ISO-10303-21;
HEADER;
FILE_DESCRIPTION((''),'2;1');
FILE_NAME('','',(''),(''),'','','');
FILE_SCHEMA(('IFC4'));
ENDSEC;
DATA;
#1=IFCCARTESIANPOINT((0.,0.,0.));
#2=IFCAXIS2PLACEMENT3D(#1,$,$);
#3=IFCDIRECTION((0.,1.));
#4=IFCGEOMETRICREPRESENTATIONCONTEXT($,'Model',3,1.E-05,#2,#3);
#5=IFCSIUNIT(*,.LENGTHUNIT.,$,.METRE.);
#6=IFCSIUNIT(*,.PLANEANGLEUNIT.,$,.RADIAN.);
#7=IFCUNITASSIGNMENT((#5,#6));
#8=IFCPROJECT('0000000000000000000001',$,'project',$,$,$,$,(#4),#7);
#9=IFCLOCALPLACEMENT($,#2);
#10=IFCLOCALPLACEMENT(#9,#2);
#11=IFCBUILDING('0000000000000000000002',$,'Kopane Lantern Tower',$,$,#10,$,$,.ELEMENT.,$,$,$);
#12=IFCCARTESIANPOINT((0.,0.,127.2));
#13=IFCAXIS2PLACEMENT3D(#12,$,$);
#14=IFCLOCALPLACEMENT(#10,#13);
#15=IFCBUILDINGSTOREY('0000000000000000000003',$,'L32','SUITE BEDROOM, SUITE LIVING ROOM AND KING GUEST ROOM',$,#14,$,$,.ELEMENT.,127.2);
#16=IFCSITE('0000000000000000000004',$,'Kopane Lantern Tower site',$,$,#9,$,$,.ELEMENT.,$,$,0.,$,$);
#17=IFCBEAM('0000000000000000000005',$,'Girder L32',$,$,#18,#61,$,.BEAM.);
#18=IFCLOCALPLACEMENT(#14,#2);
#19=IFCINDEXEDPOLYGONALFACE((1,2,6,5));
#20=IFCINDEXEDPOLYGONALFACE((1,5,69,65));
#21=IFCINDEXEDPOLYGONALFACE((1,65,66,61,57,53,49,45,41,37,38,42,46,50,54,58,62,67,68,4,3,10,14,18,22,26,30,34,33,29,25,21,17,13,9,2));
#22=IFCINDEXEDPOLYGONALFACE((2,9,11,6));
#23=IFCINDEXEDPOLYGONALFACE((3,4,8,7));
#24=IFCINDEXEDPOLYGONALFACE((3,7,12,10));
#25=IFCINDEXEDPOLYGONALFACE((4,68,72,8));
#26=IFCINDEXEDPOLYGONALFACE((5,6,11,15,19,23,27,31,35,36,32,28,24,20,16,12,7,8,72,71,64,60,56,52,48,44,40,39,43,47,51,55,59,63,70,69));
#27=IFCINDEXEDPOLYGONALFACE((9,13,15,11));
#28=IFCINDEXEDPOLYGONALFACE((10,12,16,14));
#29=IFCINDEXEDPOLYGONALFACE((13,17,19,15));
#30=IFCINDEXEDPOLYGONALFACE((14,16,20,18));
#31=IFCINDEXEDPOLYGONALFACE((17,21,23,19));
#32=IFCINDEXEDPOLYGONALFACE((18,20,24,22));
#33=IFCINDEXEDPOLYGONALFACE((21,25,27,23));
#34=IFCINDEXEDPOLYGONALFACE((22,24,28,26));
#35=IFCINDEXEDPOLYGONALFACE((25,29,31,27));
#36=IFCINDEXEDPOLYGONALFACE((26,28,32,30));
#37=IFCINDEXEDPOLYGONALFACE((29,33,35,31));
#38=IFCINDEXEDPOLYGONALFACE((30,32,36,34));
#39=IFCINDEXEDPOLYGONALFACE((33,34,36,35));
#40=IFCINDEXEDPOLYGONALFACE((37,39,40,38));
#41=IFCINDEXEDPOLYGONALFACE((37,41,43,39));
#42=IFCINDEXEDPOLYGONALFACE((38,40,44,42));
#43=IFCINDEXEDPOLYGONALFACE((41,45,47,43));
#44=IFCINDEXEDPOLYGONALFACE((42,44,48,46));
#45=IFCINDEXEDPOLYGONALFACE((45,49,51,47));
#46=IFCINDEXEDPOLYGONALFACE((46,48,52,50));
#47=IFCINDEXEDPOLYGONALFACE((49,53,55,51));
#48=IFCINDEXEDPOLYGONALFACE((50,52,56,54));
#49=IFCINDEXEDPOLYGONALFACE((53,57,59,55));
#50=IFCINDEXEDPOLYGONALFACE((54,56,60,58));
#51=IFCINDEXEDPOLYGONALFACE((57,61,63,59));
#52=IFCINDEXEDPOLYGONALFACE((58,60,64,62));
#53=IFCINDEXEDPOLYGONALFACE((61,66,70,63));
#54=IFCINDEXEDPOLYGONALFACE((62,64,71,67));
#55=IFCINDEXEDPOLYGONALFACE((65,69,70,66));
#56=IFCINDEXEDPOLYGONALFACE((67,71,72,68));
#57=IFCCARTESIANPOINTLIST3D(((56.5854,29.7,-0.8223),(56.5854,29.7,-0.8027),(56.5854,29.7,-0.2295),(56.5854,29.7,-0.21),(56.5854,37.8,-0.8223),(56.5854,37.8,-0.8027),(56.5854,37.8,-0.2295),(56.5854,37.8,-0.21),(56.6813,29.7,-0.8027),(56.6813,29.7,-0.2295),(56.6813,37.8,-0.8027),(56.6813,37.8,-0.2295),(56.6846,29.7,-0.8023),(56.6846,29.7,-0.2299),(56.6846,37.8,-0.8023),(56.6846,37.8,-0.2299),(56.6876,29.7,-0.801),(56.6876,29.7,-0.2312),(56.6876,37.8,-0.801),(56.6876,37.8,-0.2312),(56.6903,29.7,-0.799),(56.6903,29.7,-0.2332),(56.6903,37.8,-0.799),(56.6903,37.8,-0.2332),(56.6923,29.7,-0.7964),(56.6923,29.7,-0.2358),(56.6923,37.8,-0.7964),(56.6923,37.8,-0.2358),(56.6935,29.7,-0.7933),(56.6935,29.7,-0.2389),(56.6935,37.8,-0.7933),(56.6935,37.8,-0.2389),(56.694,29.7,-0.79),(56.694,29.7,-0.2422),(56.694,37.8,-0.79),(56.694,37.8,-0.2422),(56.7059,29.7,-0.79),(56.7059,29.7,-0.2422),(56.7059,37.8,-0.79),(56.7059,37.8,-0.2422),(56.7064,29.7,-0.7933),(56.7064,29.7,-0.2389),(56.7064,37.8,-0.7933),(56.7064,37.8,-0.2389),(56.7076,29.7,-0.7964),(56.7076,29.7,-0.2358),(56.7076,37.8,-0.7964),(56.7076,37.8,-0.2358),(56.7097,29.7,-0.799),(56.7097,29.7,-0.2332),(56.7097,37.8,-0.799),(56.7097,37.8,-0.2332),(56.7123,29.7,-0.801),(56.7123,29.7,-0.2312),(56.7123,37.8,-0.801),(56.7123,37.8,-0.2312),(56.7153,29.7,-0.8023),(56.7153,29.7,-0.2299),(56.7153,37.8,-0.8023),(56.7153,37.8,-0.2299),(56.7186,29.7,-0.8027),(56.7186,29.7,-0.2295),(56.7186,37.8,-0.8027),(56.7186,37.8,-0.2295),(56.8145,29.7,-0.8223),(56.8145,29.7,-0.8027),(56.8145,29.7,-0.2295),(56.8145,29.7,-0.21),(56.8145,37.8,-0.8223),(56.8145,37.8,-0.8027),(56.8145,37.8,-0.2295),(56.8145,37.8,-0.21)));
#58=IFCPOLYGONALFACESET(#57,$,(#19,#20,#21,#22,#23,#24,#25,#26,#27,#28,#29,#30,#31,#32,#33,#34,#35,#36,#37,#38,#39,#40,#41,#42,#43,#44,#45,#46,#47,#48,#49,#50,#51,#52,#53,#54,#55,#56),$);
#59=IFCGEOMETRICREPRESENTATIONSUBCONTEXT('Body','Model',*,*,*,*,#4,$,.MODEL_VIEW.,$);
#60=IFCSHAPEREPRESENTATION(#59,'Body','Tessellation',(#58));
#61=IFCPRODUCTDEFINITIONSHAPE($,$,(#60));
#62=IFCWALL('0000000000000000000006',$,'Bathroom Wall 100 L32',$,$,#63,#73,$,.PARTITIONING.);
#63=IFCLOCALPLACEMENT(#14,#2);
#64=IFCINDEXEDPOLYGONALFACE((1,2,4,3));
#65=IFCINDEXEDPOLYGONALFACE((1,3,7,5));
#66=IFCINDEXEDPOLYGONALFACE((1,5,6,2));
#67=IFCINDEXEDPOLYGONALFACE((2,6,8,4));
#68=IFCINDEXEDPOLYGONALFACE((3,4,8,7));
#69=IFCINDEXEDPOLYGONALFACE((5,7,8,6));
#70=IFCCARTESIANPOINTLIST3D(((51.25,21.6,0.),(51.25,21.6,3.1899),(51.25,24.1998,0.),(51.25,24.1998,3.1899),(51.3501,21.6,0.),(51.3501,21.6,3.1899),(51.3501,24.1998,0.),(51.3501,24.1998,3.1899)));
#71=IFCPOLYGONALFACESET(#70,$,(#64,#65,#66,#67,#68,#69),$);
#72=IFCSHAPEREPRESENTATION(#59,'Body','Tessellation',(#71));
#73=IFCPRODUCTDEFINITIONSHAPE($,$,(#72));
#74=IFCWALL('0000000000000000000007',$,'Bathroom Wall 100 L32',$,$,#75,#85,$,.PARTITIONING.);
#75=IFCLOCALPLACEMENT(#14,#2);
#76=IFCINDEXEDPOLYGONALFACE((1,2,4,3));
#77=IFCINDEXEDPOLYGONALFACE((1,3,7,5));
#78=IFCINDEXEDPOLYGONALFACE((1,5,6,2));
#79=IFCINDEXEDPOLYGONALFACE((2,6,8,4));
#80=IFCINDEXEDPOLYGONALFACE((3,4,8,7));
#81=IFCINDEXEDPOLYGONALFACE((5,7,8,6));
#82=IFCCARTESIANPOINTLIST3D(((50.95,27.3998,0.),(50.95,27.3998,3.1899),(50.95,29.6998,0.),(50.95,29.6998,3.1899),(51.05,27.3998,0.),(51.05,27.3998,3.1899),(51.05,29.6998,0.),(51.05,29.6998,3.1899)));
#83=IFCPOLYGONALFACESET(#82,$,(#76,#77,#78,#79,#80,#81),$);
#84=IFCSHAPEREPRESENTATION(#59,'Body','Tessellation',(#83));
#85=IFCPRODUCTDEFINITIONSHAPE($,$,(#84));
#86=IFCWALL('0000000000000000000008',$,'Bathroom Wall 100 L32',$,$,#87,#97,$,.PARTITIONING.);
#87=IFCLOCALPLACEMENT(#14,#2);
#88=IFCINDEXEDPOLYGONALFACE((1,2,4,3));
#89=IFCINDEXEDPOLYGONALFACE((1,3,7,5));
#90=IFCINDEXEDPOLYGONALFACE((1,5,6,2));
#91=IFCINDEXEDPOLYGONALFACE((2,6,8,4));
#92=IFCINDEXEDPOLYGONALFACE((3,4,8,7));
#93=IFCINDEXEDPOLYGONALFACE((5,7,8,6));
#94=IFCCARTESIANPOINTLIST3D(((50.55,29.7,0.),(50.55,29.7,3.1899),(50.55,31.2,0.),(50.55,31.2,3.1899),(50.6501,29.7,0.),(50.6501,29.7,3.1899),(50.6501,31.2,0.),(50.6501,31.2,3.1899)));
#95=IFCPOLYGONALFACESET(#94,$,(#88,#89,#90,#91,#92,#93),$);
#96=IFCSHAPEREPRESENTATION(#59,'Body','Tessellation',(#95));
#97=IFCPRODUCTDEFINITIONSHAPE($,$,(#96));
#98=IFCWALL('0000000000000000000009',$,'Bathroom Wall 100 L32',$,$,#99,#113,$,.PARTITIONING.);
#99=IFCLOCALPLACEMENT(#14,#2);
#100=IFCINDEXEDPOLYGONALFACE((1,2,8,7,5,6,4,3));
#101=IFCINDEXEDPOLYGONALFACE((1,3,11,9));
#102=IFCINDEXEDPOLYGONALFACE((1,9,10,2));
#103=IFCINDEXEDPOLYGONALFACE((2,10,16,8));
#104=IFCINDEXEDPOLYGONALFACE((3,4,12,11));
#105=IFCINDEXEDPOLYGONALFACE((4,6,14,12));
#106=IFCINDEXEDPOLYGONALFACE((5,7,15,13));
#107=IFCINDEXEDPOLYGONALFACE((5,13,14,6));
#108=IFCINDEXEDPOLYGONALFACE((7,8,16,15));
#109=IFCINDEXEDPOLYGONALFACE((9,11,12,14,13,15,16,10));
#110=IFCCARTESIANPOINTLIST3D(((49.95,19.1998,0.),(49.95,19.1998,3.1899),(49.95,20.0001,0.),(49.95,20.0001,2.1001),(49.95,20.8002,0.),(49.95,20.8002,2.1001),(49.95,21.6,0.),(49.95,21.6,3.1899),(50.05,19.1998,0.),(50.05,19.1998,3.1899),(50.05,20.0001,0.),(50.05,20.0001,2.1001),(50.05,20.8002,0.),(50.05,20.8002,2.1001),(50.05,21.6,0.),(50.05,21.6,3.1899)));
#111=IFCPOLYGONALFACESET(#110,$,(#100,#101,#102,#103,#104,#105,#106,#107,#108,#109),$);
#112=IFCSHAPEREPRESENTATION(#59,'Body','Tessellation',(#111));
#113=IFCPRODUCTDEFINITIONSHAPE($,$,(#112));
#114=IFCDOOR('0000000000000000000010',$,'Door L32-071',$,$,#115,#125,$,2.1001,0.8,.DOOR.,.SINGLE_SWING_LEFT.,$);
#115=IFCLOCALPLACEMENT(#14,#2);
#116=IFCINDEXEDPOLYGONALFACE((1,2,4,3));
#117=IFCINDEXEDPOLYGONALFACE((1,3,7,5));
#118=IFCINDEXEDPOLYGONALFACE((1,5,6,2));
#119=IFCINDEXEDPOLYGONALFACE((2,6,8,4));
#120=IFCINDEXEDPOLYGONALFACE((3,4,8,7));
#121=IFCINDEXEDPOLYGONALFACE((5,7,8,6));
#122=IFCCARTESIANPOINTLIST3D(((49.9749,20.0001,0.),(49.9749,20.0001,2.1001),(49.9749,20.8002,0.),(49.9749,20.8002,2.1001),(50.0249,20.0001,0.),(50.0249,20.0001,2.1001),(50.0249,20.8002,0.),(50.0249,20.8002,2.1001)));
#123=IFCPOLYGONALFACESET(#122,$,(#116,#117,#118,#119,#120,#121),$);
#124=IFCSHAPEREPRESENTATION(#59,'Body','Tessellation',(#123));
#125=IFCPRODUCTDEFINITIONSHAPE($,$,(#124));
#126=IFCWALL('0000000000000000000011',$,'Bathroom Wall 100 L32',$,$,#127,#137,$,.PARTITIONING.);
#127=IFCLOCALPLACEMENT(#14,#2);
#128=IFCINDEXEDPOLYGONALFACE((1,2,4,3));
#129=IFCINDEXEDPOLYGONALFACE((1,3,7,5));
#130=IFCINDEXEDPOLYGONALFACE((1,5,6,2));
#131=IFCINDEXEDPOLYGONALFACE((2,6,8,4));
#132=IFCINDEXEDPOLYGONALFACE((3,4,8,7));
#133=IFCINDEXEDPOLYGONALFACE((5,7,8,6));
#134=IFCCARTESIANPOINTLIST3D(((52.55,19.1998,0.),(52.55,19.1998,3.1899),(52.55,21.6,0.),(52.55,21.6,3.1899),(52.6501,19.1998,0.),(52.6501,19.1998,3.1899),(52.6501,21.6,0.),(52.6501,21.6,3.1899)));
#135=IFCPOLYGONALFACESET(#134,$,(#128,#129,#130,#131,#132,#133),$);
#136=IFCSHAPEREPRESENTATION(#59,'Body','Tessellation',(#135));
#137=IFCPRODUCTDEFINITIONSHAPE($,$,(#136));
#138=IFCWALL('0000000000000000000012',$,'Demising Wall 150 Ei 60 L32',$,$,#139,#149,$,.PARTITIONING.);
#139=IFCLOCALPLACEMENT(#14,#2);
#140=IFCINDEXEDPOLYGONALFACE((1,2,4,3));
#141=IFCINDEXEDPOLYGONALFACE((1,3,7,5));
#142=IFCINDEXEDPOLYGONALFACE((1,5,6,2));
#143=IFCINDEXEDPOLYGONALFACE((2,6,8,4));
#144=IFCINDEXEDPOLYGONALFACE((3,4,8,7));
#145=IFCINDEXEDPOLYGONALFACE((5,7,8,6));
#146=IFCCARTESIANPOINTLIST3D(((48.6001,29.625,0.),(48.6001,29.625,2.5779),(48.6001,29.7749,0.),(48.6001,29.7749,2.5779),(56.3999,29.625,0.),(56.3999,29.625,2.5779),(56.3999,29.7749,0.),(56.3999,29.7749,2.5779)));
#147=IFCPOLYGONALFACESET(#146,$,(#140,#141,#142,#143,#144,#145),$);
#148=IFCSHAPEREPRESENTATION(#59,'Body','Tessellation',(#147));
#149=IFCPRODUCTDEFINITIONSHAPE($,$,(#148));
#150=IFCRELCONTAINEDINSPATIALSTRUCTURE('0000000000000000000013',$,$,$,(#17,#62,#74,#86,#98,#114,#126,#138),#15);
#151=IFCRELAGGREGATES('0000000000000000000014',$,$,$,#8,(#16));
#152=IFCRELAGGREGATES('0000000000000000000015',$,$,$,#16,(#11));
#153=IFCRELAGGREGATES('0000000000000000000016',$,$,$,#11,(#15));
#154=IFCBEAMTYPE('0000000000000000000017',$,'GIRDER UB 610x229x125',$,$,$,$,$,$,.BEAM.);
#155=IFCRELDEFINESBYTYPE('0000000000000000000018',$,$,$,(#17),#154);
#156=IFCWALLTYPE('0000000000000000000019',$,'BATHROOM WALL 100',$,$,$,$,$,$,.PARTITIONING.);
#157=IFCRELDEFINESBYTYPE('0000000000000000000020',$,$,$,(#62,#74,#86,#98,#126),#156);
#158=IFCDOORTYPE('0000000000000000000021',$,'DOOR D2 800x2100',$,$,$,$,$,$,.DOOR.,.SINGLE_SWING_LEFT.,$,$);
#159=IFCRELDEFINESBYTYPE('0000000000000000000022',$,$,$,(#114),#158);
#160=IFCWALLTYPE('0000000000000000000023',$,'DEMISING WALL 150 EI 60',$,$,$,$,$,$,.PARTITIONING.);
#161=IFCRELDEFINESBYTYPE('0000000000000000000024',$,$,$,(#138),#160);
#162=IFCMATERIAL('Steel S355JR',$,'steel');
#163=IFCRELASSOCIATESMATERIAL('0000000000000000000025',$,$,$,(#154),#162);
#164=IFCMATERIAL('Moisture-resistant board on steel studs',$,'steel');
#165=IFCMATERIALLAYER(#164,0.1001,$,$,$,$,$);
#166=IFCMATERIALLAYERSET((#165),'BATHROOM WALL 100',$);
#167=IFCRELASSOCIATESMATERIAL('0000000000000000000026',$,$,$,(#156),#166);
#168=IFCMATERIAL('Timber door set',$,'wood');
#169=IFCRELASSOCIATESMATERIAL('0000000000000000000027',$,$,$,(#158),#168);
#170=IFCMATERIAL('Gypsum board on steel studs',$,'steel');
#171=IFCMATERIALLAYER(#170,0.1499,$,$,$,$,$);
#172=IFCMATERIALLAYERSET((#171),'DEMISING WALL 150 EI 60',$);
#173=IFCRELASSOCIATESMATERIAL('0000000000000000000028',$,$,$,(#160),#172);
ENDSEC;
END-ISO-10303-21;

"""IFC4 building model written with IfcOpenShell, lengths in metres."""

from ifc_helpers import new_model, si_unit, direction, frame, frame_2d, origin, origin_2d, place, context, subcontext, project, spatial, rectangle, i_section, extrude, material, layer, layer_set, material_profile, profile_set, type_object, element, fill, save


model = new_model("IFC4")

# Units and contexts
model_context = context("Model", 3, precision=1e-05, world=origin(), true_north=direction((0.0, 1.0)))
body_context = subcontext(model_context, "Body", "Model", "MODEL_VIEW")
ifc_project = project(units=[si_unit("LENGTHUNIT", "METRE"), si_unit("PLANEANGLEUNIT", "RADIAN")], contexts=[model_context])

# Site, building, storey
site_placement = place(None, origin())
site = spatial("IfcSite", under=ifc_project, at=site_placement, Name="Kopane Lantern Tower site", CompositionType="ELEMENT", RefElevation=0.0)
building_placement = place(site_placement, origin())
building = spatial("IfcBuilding", under=site, at=building_placement, Name="Kopane Lantern Tower", CompositionType="ELEMENT")
storey_placement = place(building_placement, frame((0.0, 0.0, 127.2)))
storey = spatial("IfcBuildingStorey", under=building, at=storey_placement, Name="L32", Description="SUITE BEDROOM, SUITE LIVING ROOM AND KING GUEST ROOM", CompositionType="ELEMENT", Elevation=127.2)

# Beam
ifc_material_1 = material(Name="Steel S355JR", Category="steel")
ifc_material_profile_1 = material_profile(ifc_material_1, i_section(OverallWidth=0.229, OverallDepth=0.6123, WebThickness=0.012, FlangeThickness=0.0195, FilletRadius=0.0127, at=origin_2d()), Name="UB 610x229x125")
ifc_profile_set_1 = profile_set([ifc_material_profile_1], Name="Steel S355JR")
beam_type = type_object("IfcBeamType", Name="GIRDER UB 610x229x125", PredefinedType="BEAM", material=ifc_profile_set_1)
beam_1_placement = place(storey_placement, frame((56.7, 29.7, -0.5161), z_axis=(0.0, 1.0, 0.0), x_axis=(-1.0, 0.0, 0.0)))
element("IfcBeam", 1, at=beam_1_placement, inside=storey, type_object=beam_type, Name="Girder L32", PredefinedType="BEAM", context=body_context, shape_type="SweptSolid", body=[
    extrude(i_section(OverallWidth=0.229, OverallDepth=0.6123, WebThickness=0.012, FlangeThickness=0.0195, FilletRadius=0.0127, at=origin_2d()), origin(), (0.0, 0.0, 1.0), 8.1001),
])

# Walls
ifc_material_2 = material(Name="Moisture-resistant board on steel studs", Category="steel")
ifc_layer_1 = layer(ifc_material_2, 0.1001)
ifc_layer_set_1 = layer_set([ifc_layer_1], Name="BATHROOM WALL 100")
wall_type_1 = type_object("IfcWallType", Name="BATHROOM WALL 100", PredefinedType="PARTITIONING", material=ifc_layer_set_1)
wall_1_placement = place(storey_placement, frame((51.3, 21.6001, 0.0), z_axis=(0.0, 0.0, 1.0), x_axis=(0.0, 1.0, 0.0)))
element("IfcWall", 2, at=wall_1_placement, inside=storey, type_object=wall_type_1, Name="Bathroom Wall 100 L32", PredefinedType="PARTITIONING", context=body_context, shape_type="SweptSolid", body=[
    extrude(rectangle(XDim=2.5999, YDim=0.1001, at=frame_2d((1.2998, 0.0))), origin(), (0.0, 0.0, 1.0), 3.1899),
])
wall_2_placement = place(storey_placement, frame((51.0, 27.3999, 0.0), z_axis=(0.0, 0.0, 1.0), x_axis=(0.0, 1.0, 0.0)))
element("IfcWall", 3, at=wall_2_placement, inside=storey, type_object=wall_type_1, Name="Bathroom Wall 100 L32", PredefinedType="PARTITIONING", context=body_context, shape_type="SweptSolid", body=[
    extrude(rectangle(XDim=2.3, YDim=0.1001, at=frame_2d((1.1499, 0.0))), origin(), (0.0, 0.0, 1.0), 3.1899),
])
wall_3_placement = place(storey_placement, frame((50.6001, 29.7, 0.0), z_axis=(0.0, 0.0, 1.0), x_axis=(0.0, 1.0, 0.0)))
element("IfcWall", 4, at=wall_3_placement, inside=storey, type_object=wall_type_1, Name="Bathroom Wall 100 L32", PredefinedType="PARTITIONING", context=body_context, shape_type="SweptSolid", body=[
    extrude(rectangle(XDim=1.5, YDim=0.1001, at=frame_2d((0.75, 0.0))), origin(), (0.0, 0.0, 1.0), 3.1899),
])

# Wall, opening, door
wall_4_placement = place(storey_placement, frame((50.0, 21.6001, 0.0), z_axis=(0.0, 0.0, 1.0), x_axis=(0.0, -1.0, 0.0)))
wall_4 = element("IfcWall", 5, at=wall_4_placement, inside=storey, type_object=wall_type_1, Name="Bathroom Wall 100 L32", PredefinedType="PARTITIONING", context=body_context, shape_type="SweptSolid", body=[
    extrude(rectangle(XDim=2.4001, YDim=0.1001, at=frame_2d((1.2002, 0.0))), origin(), (0.0, 0.0, 1.0), 3.1899),
])
opening_placement = place(wall_4_placement, frame((0.8, 0.0, 0.0)))
opening = element("IfcOpeningElement", 6, at=opening_placement, cuts=wall_4, PredefinedType="OPENING", context=body_context, shape_type="SweptSolid", body=[
    extrude(rectangle(XDim=0.8, YDim=2.1001, at=frame_2d((0.3999, 1.05))), frame((0.0, 0.0601, 0.0), z_axis=(0.0, -1.0, 0.0), x_axis=(1.0, 0.0, 0.0)), (0.0, 0.0, 1.0), 0.1201),
])
ifc_material_3 = material(Name="Timber door set", Category="wood")
door_type = type_object("IfcDoorType", Name="DOOR D2 800x2100", OperationType="SINGLE_SWING_LEFT", PredefinedType="DOOR", material=ifc_material_3)
door_placement = place(opening_placement, origin())
door = element("IfcDoor", 7, at=door_placement, inside=storey, type_object=door_type, Name="Door L32-071", OperationType="SINGLE_SWING_LEFT", OverallHeight=2.1001, OverallWidth=0.8, PredefinedType="DOOR", context=body_context, shape_type="SweptSolid", body=[
    extrude(rectangle(XDim=0.8, YDim=2.1001, at=frame_2d((0.3999, 1.05))), frame((0.0, 0.0249, 0.0), z_axis=(0.0, -1.0, 0.0), x_axis=(1.0, 0.0, 0.0)), (0.0, 0.0, 1.0), 0.05),
])
fill(opening, door)

# Walls
wall_5_placement = place(storey_placement, frame((52.6001, 21.6001, 0.0), z_axis=(0.0, 0.0, 1.0), x_axis=(0.0, -1.0, 0.0)))
element("IfcWall", 8, at=wall_5_placement, inside=storey, type_object=wall_type_1, Name="Bathroom Wall 100 L32", PredefinedType="PARTITIONING", context=body_context, shape_type="SweptSolid", body=[
    extrude(rectangle(XDim=2.4001, YDim=0.1001, at=frame_2d((1.2002, 0.0))), origin(), (0.0, 0.0, 1.0), 3.1899),
])
ifc_material_4 = material(Name="Gypsum board on steel studs", Category="steel")
ifc_layer_2 = layer(ifc_material_4, 0.1499)
ifc_layer_set_2 = layer_set([ifc_layer_2], Name="DEMISING WALL 150 EI 60")
wall_type_2 = type_object("IfcWallType", Name="DEMISING WALL 150 EI 60", PredefinedType="PARTITIONING", material=ifc_layer_set_2)
wall_6_placement = place(storey_placement, frame((48.6001, 29.7, 0.0), z_axis=(0.0, 0.0, 1.0), x_axis=(1.0, 0.0, 0.0)))
element("IfcWall", 9, at=wall_6_placement, inside=storey, type_object=wall_type_2, Name="Demising Wall 150 Ei 60 L32", PredefinedType="PARTITIONING", context=body_context, shape_type="SweptSolid", body=[
    extrude(rectangle(XDim=7.7998, YDim=0.1499, at=frame_2d((3.8999, 0.0))), origin(), (0.0, 0.0, 1.0), 2.5779),
])

save(model, "model.ifc")
